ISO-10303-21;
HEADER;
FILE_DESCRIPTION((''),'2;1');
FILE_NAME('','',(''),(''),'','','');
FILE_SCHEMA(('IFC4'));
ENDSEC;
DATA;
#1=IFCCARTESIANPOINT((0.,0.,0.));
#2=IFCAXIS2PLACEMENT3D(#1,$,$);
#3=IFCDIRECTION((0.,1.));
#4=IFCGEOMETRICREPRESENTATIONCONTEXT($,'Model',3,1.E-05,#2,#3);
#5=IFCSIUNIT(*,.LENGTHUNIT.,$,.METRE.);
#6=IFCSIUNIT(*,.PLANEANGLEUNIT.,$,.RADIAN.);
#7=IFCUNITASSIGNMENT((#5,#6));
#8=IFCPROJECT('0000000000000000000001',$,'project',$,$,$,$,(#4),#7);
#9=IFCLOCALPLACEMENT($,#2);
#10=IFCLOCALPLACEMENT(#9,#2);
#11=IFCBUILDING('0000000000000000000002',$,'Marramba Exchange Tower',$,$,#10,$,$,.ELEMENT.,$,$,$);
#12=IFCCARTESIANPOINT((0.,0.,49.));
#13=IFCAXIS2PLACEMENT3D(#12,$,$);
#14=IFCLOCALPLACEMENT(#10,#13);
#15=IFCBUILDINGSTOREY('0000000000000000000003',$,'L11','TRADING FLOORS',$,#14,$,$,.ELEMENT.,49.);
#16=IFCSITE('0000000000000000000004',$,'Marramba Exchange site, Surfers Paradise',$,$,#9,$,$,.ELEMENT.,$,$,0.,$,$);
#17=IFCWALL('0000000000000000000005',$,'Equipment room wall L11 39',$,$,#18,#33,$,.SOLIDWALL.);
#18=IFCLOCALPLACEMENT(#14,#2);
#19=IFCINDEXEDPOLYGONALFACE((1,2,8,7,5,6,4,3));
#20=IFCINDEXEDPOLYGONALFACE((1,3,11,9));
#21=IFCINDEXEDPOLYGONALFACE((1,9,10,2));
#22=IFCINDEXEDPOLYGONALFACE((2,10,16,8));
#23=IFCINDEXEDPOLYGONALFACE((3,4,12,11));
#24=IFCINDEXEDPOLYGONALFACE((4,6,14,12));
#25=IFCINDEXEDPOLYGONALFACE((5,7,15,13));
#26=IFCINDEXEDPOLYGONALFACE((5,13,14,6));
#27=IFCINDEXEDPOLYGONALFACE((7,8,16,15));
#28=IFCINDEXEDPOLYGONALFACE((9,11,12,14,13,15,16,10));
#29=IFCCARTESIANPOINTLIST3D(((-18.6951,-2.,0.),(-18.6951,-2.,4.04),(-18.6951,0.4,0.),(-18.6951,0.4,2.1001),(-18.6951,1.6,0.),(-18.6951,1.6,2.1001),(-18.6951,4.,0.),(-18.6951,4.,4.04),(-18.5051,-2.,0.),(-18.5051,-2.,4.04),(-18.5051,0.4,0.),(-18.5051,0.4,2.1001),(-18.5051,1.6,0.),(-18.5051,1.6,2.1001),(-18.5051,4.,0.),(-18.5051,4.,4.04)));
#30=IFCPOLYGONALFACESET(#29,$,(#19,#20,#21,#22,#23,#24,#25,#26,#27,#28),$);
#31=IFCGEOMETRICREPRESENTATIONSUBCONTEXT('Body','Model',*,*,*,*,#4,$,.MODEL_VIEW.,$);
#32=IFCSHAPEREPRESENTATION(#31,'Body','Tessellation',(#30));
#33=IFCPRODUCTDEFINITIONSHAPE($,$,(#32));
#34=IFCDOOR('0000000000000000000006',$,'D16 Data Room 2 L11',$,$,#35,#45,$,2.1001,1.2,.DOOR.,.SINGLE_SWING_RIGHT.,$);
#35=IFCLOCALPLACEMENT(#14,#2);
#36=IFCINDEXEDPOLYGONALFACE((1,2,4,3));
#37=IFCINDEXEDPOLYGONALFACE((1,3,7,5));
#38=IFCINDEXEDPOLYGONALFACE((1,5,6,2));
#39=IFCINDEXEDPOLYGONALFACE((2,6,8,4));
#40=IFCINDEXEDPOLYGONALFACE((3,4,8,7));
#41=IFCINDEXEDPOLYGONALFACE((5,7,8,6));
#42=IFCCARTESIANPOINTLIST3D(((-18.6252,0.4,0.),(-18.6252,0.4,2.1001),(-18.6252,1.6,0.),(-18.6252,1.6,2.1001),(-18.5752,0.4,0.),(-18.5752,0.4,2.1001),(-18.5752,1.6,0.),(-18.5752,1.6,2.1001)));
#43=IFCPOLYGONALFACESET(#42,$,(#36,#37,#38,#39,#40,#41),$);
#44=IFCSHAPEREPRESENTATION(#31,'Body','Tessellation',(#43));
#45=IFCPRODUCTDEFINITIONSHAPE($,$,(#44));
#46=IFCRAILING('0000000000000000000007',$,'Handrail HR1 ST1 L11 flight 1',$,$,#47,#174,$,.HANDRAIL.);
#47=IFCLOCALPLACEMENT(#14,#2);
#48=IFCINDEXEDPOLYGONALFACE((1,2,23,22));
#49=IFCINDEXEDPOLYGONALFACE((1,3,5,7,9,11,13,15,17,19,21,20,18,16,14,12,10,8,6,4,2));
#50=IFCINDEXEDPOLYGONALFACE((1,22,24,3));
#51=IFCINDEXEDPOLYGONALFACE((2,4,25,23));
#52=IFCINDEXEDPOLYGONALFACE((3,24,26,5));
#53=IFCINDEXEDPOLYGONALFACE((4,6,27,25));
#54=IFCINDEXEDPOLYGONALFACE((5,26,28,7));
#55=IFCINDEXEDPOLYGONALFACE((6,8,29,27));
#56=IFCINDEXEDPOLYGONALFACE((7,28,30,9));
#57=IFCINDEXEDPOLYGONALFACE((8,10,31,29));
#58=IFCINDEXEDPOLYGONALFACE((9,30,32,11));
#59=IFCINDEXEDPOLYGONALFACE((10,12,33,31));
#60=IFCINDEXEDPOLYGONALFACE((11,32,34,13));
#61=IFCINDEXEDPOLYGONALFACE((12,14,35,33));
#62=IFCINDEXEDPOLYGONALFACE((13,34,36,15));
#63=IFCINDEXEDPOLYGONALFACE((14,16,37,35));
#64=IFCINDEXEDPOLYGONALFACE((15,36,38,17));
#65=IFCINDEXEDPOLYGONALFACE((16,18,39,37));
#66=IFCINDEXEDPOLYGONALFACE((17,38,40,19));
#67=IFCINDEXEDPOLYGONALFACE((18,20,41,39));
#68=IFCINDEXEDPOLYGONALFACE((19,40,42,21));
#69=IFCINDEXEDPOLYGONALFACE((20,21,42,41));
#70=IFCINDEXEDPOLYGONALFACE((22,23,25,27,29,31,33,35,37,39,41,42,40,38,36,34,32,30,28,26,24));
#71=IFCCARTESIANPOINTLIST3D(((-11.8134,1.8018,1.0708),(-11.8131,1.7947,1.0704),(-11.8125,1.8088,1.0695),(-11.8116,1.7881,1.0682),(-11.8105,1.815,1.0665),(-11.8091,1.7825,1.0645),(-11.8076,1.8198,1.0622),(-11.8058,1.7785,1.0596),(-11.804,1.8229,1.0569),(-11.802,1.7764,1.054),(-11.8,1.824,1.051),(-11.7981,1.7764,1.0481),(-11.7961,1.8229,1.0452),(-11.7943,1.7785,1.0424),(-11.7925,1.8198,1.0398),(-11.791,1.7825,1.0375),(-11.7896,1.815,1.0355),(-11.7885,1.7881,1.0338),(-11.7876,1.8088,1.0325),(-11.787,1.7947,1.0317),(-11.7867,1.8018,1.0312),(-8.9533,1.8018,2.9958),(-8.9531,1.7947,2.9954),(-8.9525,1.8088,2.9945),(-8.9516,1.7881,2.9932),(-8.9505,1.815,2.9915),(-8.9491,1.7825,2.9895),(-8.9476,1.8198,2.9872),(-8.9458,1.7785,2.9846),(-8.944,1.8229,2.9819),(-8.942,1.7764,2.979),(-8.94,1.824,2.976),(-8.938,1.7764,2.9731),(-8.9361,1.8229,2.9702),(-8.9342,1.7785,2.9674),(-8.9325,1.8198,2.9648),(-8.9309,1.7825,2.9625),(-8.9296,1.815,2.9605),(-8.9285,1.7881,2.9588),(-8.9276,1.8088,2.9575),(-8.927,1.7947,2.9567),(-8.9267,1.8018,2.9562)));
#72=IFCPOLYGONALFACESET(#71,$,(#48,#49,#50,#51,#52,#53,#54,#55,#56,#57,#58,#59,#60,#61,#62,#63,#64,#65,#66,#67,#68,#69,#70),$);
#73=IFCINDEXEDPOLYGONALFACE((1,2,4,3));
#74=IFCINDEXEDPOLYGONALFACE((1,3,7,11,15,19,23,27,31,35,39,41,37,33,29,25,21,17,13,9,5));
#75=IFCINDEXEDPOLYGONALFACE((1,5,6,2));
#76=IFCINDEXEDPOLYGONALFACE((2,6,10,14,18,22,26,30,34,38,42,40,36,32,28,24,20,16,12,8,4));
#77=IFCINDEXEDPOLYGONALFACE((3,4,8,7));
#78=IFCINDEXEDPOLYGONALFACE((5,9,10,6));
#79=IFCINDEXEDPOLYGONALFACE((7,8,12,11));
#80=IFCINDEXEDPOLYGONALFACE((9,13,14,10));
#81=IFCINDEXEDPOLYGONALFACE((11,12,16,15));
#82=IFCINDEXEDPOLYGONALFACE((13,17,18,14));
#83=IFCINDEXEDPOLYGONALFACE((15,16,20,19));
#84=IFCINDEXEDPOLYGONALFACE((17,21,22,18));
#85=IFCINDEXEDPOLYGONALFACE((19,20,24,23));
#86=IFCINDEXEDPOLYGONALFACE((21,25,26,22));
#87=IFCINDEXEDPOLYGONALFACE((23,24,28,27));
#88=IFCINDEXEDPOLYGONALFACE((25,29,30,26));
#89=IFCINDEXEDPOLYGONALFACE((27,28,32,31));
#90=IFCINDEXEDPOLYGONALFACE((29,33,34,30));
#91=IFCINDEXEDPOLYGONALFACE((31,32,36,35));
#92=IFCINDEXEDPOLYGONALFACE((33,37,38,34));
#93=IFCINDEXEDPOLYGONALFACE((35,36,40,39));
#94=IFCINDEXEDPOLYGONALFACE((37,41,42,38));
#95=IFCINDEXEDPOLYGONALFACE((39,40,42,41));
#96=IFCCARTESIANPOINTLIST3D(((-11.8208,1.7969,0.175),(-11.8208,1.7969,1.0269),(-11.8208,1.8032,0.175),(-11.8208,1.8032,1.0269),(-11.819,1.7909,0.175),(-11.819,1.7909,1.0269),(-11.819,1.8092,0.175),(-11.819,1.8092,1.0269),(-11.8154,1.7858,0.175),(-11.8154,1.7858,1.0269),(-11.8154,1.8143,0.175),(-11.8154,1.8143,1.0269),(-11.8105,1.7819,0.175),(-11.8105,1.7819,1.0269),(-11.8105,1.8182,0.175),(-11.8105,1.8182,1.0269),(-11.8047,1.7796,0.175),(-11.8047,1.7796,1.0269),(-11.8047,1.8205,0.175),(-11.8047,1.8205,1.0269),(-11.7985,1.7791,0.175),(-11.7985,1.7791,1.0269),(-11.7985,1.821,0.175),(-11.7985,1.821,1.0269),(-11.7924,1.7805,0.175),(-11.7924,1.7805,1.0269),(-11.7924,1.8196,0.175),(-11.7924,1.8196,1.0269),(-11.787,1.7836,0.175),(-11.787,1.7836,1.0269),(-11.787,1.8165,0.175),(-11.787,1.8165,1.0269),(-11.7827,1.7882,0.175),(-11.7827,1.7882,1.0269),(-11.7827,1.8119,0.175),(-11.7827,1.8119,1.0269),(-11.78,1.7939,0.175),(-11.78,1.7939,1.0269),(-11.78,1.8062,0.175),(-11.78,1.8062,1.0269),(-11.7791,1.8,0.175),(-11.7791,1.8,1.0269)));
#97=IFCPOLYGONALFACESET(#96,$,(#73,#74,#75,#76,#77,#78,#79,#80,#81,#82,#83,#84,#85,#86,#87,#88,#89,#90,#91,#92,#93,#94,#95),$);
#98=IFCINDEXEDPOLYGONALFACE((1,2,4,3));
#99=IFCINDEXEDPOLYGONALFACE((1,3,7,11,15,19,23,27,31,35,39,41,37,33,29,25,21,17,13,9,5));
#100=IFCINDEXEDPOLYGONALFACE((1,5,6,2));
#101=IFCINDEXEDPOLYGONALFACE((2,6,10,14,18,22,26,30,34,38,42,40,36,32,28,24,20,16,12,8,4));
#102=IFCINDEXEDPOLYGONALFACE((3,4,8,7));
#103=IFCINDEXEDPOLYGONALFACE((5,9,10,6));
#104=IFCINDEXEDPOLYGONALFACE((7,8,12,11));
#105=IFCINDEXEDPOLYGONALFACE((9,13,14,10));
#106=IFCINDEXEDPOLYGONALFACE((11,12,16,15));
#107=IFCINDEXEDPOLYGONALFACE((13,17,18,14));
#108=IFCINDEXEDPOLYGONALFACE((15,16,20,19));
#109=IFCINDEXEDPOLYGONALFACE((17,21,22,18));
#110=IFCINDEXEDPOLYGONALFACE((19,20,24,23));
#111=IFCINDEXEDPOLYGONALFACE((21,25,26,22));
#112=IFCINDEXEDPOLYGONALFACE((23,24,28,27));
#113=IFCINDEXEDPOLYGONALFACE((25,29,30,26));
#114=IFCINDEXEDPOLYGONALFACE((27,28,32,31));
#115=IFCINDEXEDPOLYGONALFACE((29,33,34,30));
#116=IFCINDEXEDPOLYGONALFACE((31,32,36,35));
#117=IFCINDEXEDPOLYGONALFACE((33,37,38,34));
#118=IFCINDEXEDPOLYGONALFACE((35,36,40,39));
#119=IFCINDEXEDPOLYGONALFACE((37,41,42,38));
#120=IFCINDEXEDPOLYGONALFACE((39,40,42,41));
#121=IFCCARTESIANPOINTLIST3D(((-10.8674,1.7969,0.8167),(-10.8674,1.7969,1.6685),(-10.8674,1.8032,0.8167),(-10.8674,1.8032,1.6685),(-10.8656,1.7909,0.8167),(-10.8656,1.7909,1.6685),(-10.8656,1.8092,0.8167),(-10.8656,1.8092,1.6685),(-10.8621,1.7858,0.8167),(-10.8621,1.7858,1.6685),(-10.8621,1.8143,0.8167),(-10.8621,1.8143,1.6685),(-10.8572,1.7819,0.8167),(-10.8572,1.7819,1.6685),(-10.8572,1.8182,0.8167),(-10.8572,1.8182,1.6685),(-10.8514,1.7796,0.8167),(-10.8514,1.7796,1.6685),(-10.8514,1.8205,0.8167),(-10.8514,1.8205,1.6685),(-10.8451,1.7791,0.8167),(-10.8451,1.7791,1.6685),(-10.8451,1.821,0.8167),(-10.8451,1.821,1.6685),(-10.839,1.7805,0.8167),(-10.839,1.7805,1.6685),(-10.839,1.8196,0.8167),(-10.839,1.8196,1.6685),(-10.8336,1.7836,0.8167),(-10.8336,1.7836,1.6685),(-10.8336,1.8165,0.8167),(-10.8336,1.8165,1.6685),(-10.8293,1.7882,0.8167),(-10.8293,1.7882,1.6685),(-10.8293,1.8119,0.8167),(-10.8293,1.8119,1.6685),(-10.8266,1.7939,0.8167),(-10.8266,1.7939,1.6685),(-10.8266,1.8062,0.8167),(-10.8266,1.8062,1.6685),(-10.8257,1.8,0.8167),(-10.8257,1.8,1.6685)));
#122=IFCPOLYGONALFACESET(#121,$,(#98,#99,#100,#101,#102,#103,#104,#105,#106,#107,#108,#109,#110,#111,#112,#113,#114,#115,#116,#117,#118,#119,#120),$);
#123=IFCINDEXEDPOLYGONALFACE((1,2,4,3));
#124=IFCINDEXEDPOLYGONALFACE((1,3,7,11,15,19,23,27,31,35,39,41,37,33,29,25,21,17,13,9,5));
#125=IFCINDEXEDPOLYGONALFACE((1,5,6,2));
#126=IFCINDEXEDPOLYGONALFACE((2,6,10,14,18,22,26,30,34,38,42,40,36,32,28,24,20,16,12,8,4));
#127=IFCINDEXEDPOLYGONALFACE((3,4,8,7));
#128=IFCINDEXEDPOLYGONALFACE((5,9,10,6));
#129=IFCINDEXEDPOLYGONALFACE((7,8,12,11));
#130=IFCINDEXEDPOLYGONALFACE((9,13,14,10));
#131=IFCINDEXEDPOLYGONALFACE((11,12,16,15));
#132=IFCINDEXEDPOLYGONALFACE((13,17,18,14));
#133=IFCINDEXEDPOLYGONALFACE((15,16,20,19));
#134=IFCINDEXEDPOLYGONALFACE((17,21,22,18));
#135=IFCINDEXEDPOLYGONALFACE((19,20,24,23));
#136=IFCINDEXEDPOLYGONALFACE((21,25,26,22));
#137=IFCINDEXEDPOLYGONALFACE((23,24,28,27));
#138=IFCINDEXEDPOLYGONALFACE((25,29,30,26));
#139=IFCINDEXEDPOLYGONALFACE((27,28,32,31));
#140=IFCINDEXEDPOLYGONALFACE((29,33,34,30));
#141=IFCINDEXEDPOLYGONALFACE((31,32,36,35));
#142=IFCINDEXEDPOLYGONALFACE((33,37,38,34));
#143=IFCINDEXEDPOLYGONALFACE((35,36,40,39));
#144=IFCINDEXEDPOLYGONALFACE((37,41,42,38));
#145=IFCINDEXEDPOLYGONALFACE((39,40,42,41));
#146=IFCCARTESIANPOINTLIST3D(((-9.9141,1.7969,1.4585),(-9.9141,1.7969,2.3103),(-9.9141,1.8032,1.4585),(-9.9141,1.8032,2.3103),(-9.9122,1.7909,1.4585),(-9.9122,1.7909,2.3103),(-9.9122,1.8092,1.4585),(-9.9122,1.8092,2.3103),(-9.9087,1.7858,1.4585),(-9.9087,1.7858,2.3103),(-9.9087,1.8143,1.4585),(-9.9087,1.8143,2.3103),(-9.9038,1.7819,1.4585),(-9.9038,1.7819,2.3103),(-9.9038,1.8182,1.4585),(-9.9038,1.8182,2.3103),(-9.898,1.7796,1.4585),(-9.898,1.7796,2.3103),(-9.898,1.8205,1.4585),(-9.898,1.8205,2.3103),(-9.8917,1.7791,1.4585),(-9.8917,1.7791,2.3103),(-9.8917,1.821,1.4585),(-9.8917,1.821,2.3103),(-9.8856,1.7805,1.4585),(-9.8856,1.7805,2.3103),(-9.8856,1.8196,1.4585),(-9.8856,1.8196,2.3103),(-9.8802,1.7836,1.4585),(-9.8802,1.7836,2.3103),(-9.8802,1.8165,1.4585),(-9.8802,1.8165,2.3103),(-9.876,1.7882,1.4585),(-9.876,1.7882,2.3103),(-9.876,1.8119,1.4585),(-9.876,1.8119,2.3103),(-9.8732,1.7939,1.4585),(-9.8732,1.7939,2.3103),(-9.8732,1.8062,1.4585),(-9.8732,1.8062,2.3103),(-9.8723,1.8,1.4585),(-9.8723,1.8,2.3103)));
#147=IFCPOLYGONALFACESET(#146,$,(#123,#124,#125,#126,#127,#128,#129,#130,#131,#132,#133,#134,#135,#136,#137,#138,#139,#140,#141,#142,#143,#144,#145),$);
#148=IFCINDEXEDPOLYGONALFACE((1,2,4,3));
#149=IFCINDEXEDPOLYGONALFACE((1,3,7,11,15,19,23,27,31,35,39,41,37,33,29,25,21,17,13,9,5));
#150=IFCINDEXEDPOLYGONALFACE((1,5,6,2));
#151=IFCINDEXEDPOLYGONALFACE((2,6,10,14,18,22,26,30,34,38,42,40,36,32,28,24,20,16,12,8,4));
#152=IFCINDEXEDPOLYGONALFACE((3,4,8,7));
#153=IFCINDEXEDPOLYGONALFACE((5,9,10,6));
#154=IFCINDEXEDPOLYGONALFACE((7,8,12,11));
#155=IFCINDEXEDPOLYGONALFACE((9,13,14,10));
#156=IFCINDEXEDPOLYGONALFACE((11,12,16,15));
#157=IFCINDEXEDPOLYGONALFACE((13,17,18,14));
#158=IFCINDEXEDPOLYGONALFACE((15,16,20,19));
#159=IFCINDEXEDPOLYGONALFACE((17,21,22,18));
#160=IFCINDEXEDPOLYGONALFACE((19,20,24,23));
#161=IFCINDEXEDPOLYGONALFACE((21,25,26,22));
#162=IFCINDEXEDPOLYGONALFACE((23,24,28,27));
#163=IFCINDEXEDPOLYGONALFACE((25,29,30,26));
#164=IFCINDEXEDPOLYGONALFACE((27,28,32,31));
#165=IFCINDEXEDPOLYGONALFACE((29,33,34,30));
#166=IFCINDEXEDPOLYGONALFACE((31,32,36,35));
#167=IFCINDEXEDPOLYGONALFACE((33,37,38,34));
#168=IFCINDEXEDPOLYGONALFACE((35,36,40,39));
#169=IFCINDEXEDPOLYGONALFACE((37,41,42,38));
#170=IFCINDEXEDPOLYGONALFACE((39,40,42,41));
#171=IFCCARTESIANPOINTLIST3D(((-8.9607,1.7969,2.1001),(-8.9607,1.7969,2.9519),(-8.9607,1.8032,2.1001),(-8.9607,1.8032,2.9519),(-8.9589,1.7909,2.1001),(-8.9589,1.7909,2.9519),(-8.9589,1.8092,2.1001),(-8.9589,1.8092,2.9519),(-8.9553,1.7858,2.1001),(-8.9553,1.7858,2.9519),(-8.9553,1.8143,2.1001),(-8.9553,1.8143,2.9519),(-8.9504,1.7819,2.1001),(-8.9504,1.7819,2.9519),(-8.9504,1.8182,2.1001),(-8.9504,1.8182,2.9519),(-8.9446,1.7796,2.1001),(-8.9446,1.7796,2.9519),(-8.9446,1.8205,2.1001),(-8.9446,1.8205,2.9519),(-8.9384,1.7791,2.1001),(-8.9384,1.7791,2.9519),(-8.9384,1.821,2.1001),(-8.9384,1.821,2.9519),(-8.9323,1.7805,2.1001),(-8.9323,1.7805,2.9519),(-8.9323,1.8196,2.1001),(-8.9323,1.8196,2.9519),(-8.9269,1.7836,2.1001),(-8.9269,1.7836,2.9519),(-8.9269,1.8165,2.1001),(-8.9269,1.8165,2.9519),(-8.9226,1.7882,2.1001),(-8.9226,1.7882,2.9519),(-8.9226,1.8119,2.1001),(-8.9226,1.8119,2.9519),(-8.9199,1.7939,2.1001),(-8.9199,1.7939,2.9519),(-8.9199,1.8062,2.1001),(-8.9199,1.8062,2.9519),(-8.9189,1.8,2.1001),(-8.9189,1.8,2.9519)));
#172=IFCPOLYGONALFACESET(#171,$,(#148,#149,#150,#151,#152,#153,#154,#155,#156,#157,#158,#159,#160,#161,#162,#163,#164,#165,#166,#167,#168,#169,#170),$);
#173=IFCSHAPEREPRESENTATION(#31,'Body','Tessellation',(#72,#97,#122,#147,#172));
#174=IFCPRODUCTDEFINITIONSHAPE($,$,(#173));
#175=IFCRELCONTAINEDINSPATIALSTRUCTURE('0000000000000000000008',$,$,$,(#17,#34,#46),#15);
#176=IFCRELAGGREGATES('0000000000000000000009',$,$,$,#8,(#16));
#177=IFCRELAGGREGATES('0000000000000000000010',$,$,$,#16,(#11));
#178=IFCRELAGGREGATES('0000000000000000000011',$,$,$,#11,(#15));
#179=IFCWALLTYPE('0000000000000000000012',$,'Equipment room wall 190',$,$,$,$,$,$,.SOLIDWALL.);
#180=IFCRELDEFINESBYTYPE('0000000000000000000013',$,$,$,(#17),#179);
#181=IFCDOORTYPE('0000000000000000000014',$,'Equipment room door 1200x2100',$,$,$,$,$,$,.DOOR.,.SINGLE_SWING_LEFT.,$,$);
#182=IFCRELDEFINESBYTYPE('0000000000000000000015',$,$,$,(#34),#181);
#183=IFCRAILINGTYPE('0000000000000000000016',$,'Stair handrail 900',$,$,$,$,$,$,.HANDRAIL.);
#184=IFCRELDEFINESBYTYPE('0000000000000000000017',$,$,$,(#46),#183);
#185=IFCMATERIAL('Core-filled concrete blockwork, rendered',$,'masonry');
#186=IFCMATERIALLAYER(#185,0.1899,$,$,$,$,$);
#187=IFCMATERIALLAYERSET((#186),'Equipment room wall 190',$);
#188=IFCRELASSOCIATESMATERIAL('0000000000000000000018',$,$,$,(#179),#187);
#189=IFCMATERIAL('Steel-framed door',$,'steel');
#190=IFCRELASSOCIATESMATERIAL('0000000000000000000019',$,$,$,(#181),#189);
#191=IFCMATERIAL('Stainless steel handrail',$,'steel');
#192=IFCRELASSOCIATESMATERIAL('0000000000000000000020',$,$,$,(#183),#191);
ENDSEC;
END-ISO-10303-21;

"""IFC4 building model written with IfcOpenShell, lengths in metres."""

from ifc_helpers import new_model, si_unit, direction, frame, frame_2d, origin, origin_2d, place, context, subcontext, project, spatial, rectangle, circle, extrude, material, layer, layer_set, type_object, element, fill, save


model = new_model("IFC4")

# Units and contexts
model_context = context("Model", 3, precision=1e-05, world=origin(), true_north=direction((0.0, 1.0)))
body_context = subcontext(model_context, "Body", "Model", "MODEL_VIEW")
ifc_project = project(units=[si_unit("LENGTHUNIT", "METRE"), si_unit("PLANEANGLEUNIT", "RADIAN")], contexts=[model_context])

# Site, building, storey
site_placement = place(None, origin())
site = spatial("IfcSite", under=ifc_project, at=site_placement, Name="Marramba Exchange site, Surfers Paradise", CompositionType="ELEMENT", RefElevation=0.0)
building_placement = place(site_placement, origin())
building = spatial("IfcBuilding", under=site, at=building_placement, Name="Marramba Exchange Tower", CompositionType="ELEMENT")
storey_placement = place(building_placement, frame((0.0, 0.0, 49.0)))
storey = spatial("IfcBuildingStorey", under=building, at=storey_placement, Name="L11", Description="TRADING FLOORS", CompositionType="ELEMENT", Elevation=49.0)

# Shared definitions
ifc_material_1 = material(Name="Steel-framed door", Category="steel")

# Shared definitions
ifc_material_2 = material(Name="Core-filled concrete blockwork, rendered", Category="masonry")
ifc_layer_1 = layer(ifc_material_2, 0.1899)
ifc_layer_set_1 = layer_set([ifc_layer_1], Name="Equipment room wall 190")
wall_type_1 = type_object("IfcWallType", Name="Equipment room wall 190", PredefinedType="SOLIDWALL", material=ifc_layer_set_1)

# Wall, opening, door
wall_1_placement = place(storey_placement, frame((-18.6001, 4.0, 0.0), z_axis=(0.0, 0.0, 1.0), x_axis=(0.0, -1.0, 0.0)))
wall_1 = element("IfcWall", 1, at=wall_1_placement, inside=storey, type_object=wall_type_1, Name="Equipment room wall L11 39", PredefinedType="SOLIDWALL", context=body_context, shape_type="SweptSolid", body=[
    extrude(rectangle(XDim=6.0, YDim=0.1899, at=frame_2d((3.0, 0.0))), origin(), (0.0, 0.0, 1.0), 4.04),
])
opening_1_placement = place(wall_1_placement, frame((2.3999, 0.0, 0.0)))
opening_1 = element("IfcOpeningElement", 2, at=opening_1_placement, cuts=wall_1, PredefinedType="OPENING", context=body_context, shape_type="SweptSolid", body=[
    extrude(rectangle(XDim=1.2, YDim=2.1001, at=frame_2d((0.6001, 1.05))), frame((0.0, 0.105, 0.0), z_axis=(0.0, -1.0, 0.0), x_axis=(1.0, 0.0, 0.0)), (0.0, 0.0, 1.0), 0.21),
])
door_type_1 = type_object("IfcDoorType", Name="Equipment room door 1200x2100", OperationType="SINGLE_SWING_LEFT", PredefinedType="DOOR", material=ifc_material_1)
door_1_placement = place(opening_1_placement, origin())
door_1 = element("IfcDoor", 3, at=door_1_placement, inside=storey, type_object=door_type_1, Name="D16 Data Room 2 L11", OperationType="SINGLE_SWING_RIGHT", OverallHeight=2.1001, OverallWidth=1.2, PredefinedType="DOOR", context=body_context, shape_type="SweptSolid", body=[
    extrude(rectangle(XDim=1.2, YDim=2.1001, at=frame_2d((0.6001, 1.05))), frame((0.0, 0.0249, 0.0), z_axis=(0.0, -1.0, 0.0), x_axis=(1.0, 0.0, 0.0)), (0.0, 0.0, 1.0), 0.05),
])
fill(opening_1, door_1)

# Railing
ifc_material_3 = material(Name="Stainless steel handrail", Category="steel")
railing_type = type_object("IfcRailingType", Name="Stair handrail 900", PredefinedType="HANDRAIL", material=ifc_material_3)
railing_placement = place(storey_placement, frame((-11.8, 1.8, 0.175)))
element("IfcRailing", 4, at=railing_placement, inside=storey, type_object=railing_type, Name="Handrail HR1 ST1 L11 flight 1", PredefinedType="HANDRAIL", context=body_context, shape_type="SweptSolid", body=[
    extrude(circle(Radius=0.0239, at=origin_2d()), frame((0.0, 0.0, 0.876), z_axis=(0.829591, 0.0, 0.558372), x_axis=(0.0, 1.0, 0.0)), (0.0, 0.0, 1.0), 3.4475),
    extrude(circle(Radius=0.021, at=origin_2d()), origin(), (0.0, 0.0, 1.0), 0.8518),
    extrude(circle(Radius=0.021, at=origin_2d()), frame((0.9534, 0.0, 0.6416)), (0.0, 0.0, 1.0), 0.8518),
    extrude(circle(Radius=0.021, at=origin_2d()), frame((1.9067, 0.0, 1.2834)), (0.0, 0.0, 1.0), 0.8518),
    extrude(circle(Radius=0.021, at=origin_2d()), frame((2.8601, 0.0, 1.925)), (0.0, 0.0, 1.0), 0.8518),
])

save(model, "model.ifc")
